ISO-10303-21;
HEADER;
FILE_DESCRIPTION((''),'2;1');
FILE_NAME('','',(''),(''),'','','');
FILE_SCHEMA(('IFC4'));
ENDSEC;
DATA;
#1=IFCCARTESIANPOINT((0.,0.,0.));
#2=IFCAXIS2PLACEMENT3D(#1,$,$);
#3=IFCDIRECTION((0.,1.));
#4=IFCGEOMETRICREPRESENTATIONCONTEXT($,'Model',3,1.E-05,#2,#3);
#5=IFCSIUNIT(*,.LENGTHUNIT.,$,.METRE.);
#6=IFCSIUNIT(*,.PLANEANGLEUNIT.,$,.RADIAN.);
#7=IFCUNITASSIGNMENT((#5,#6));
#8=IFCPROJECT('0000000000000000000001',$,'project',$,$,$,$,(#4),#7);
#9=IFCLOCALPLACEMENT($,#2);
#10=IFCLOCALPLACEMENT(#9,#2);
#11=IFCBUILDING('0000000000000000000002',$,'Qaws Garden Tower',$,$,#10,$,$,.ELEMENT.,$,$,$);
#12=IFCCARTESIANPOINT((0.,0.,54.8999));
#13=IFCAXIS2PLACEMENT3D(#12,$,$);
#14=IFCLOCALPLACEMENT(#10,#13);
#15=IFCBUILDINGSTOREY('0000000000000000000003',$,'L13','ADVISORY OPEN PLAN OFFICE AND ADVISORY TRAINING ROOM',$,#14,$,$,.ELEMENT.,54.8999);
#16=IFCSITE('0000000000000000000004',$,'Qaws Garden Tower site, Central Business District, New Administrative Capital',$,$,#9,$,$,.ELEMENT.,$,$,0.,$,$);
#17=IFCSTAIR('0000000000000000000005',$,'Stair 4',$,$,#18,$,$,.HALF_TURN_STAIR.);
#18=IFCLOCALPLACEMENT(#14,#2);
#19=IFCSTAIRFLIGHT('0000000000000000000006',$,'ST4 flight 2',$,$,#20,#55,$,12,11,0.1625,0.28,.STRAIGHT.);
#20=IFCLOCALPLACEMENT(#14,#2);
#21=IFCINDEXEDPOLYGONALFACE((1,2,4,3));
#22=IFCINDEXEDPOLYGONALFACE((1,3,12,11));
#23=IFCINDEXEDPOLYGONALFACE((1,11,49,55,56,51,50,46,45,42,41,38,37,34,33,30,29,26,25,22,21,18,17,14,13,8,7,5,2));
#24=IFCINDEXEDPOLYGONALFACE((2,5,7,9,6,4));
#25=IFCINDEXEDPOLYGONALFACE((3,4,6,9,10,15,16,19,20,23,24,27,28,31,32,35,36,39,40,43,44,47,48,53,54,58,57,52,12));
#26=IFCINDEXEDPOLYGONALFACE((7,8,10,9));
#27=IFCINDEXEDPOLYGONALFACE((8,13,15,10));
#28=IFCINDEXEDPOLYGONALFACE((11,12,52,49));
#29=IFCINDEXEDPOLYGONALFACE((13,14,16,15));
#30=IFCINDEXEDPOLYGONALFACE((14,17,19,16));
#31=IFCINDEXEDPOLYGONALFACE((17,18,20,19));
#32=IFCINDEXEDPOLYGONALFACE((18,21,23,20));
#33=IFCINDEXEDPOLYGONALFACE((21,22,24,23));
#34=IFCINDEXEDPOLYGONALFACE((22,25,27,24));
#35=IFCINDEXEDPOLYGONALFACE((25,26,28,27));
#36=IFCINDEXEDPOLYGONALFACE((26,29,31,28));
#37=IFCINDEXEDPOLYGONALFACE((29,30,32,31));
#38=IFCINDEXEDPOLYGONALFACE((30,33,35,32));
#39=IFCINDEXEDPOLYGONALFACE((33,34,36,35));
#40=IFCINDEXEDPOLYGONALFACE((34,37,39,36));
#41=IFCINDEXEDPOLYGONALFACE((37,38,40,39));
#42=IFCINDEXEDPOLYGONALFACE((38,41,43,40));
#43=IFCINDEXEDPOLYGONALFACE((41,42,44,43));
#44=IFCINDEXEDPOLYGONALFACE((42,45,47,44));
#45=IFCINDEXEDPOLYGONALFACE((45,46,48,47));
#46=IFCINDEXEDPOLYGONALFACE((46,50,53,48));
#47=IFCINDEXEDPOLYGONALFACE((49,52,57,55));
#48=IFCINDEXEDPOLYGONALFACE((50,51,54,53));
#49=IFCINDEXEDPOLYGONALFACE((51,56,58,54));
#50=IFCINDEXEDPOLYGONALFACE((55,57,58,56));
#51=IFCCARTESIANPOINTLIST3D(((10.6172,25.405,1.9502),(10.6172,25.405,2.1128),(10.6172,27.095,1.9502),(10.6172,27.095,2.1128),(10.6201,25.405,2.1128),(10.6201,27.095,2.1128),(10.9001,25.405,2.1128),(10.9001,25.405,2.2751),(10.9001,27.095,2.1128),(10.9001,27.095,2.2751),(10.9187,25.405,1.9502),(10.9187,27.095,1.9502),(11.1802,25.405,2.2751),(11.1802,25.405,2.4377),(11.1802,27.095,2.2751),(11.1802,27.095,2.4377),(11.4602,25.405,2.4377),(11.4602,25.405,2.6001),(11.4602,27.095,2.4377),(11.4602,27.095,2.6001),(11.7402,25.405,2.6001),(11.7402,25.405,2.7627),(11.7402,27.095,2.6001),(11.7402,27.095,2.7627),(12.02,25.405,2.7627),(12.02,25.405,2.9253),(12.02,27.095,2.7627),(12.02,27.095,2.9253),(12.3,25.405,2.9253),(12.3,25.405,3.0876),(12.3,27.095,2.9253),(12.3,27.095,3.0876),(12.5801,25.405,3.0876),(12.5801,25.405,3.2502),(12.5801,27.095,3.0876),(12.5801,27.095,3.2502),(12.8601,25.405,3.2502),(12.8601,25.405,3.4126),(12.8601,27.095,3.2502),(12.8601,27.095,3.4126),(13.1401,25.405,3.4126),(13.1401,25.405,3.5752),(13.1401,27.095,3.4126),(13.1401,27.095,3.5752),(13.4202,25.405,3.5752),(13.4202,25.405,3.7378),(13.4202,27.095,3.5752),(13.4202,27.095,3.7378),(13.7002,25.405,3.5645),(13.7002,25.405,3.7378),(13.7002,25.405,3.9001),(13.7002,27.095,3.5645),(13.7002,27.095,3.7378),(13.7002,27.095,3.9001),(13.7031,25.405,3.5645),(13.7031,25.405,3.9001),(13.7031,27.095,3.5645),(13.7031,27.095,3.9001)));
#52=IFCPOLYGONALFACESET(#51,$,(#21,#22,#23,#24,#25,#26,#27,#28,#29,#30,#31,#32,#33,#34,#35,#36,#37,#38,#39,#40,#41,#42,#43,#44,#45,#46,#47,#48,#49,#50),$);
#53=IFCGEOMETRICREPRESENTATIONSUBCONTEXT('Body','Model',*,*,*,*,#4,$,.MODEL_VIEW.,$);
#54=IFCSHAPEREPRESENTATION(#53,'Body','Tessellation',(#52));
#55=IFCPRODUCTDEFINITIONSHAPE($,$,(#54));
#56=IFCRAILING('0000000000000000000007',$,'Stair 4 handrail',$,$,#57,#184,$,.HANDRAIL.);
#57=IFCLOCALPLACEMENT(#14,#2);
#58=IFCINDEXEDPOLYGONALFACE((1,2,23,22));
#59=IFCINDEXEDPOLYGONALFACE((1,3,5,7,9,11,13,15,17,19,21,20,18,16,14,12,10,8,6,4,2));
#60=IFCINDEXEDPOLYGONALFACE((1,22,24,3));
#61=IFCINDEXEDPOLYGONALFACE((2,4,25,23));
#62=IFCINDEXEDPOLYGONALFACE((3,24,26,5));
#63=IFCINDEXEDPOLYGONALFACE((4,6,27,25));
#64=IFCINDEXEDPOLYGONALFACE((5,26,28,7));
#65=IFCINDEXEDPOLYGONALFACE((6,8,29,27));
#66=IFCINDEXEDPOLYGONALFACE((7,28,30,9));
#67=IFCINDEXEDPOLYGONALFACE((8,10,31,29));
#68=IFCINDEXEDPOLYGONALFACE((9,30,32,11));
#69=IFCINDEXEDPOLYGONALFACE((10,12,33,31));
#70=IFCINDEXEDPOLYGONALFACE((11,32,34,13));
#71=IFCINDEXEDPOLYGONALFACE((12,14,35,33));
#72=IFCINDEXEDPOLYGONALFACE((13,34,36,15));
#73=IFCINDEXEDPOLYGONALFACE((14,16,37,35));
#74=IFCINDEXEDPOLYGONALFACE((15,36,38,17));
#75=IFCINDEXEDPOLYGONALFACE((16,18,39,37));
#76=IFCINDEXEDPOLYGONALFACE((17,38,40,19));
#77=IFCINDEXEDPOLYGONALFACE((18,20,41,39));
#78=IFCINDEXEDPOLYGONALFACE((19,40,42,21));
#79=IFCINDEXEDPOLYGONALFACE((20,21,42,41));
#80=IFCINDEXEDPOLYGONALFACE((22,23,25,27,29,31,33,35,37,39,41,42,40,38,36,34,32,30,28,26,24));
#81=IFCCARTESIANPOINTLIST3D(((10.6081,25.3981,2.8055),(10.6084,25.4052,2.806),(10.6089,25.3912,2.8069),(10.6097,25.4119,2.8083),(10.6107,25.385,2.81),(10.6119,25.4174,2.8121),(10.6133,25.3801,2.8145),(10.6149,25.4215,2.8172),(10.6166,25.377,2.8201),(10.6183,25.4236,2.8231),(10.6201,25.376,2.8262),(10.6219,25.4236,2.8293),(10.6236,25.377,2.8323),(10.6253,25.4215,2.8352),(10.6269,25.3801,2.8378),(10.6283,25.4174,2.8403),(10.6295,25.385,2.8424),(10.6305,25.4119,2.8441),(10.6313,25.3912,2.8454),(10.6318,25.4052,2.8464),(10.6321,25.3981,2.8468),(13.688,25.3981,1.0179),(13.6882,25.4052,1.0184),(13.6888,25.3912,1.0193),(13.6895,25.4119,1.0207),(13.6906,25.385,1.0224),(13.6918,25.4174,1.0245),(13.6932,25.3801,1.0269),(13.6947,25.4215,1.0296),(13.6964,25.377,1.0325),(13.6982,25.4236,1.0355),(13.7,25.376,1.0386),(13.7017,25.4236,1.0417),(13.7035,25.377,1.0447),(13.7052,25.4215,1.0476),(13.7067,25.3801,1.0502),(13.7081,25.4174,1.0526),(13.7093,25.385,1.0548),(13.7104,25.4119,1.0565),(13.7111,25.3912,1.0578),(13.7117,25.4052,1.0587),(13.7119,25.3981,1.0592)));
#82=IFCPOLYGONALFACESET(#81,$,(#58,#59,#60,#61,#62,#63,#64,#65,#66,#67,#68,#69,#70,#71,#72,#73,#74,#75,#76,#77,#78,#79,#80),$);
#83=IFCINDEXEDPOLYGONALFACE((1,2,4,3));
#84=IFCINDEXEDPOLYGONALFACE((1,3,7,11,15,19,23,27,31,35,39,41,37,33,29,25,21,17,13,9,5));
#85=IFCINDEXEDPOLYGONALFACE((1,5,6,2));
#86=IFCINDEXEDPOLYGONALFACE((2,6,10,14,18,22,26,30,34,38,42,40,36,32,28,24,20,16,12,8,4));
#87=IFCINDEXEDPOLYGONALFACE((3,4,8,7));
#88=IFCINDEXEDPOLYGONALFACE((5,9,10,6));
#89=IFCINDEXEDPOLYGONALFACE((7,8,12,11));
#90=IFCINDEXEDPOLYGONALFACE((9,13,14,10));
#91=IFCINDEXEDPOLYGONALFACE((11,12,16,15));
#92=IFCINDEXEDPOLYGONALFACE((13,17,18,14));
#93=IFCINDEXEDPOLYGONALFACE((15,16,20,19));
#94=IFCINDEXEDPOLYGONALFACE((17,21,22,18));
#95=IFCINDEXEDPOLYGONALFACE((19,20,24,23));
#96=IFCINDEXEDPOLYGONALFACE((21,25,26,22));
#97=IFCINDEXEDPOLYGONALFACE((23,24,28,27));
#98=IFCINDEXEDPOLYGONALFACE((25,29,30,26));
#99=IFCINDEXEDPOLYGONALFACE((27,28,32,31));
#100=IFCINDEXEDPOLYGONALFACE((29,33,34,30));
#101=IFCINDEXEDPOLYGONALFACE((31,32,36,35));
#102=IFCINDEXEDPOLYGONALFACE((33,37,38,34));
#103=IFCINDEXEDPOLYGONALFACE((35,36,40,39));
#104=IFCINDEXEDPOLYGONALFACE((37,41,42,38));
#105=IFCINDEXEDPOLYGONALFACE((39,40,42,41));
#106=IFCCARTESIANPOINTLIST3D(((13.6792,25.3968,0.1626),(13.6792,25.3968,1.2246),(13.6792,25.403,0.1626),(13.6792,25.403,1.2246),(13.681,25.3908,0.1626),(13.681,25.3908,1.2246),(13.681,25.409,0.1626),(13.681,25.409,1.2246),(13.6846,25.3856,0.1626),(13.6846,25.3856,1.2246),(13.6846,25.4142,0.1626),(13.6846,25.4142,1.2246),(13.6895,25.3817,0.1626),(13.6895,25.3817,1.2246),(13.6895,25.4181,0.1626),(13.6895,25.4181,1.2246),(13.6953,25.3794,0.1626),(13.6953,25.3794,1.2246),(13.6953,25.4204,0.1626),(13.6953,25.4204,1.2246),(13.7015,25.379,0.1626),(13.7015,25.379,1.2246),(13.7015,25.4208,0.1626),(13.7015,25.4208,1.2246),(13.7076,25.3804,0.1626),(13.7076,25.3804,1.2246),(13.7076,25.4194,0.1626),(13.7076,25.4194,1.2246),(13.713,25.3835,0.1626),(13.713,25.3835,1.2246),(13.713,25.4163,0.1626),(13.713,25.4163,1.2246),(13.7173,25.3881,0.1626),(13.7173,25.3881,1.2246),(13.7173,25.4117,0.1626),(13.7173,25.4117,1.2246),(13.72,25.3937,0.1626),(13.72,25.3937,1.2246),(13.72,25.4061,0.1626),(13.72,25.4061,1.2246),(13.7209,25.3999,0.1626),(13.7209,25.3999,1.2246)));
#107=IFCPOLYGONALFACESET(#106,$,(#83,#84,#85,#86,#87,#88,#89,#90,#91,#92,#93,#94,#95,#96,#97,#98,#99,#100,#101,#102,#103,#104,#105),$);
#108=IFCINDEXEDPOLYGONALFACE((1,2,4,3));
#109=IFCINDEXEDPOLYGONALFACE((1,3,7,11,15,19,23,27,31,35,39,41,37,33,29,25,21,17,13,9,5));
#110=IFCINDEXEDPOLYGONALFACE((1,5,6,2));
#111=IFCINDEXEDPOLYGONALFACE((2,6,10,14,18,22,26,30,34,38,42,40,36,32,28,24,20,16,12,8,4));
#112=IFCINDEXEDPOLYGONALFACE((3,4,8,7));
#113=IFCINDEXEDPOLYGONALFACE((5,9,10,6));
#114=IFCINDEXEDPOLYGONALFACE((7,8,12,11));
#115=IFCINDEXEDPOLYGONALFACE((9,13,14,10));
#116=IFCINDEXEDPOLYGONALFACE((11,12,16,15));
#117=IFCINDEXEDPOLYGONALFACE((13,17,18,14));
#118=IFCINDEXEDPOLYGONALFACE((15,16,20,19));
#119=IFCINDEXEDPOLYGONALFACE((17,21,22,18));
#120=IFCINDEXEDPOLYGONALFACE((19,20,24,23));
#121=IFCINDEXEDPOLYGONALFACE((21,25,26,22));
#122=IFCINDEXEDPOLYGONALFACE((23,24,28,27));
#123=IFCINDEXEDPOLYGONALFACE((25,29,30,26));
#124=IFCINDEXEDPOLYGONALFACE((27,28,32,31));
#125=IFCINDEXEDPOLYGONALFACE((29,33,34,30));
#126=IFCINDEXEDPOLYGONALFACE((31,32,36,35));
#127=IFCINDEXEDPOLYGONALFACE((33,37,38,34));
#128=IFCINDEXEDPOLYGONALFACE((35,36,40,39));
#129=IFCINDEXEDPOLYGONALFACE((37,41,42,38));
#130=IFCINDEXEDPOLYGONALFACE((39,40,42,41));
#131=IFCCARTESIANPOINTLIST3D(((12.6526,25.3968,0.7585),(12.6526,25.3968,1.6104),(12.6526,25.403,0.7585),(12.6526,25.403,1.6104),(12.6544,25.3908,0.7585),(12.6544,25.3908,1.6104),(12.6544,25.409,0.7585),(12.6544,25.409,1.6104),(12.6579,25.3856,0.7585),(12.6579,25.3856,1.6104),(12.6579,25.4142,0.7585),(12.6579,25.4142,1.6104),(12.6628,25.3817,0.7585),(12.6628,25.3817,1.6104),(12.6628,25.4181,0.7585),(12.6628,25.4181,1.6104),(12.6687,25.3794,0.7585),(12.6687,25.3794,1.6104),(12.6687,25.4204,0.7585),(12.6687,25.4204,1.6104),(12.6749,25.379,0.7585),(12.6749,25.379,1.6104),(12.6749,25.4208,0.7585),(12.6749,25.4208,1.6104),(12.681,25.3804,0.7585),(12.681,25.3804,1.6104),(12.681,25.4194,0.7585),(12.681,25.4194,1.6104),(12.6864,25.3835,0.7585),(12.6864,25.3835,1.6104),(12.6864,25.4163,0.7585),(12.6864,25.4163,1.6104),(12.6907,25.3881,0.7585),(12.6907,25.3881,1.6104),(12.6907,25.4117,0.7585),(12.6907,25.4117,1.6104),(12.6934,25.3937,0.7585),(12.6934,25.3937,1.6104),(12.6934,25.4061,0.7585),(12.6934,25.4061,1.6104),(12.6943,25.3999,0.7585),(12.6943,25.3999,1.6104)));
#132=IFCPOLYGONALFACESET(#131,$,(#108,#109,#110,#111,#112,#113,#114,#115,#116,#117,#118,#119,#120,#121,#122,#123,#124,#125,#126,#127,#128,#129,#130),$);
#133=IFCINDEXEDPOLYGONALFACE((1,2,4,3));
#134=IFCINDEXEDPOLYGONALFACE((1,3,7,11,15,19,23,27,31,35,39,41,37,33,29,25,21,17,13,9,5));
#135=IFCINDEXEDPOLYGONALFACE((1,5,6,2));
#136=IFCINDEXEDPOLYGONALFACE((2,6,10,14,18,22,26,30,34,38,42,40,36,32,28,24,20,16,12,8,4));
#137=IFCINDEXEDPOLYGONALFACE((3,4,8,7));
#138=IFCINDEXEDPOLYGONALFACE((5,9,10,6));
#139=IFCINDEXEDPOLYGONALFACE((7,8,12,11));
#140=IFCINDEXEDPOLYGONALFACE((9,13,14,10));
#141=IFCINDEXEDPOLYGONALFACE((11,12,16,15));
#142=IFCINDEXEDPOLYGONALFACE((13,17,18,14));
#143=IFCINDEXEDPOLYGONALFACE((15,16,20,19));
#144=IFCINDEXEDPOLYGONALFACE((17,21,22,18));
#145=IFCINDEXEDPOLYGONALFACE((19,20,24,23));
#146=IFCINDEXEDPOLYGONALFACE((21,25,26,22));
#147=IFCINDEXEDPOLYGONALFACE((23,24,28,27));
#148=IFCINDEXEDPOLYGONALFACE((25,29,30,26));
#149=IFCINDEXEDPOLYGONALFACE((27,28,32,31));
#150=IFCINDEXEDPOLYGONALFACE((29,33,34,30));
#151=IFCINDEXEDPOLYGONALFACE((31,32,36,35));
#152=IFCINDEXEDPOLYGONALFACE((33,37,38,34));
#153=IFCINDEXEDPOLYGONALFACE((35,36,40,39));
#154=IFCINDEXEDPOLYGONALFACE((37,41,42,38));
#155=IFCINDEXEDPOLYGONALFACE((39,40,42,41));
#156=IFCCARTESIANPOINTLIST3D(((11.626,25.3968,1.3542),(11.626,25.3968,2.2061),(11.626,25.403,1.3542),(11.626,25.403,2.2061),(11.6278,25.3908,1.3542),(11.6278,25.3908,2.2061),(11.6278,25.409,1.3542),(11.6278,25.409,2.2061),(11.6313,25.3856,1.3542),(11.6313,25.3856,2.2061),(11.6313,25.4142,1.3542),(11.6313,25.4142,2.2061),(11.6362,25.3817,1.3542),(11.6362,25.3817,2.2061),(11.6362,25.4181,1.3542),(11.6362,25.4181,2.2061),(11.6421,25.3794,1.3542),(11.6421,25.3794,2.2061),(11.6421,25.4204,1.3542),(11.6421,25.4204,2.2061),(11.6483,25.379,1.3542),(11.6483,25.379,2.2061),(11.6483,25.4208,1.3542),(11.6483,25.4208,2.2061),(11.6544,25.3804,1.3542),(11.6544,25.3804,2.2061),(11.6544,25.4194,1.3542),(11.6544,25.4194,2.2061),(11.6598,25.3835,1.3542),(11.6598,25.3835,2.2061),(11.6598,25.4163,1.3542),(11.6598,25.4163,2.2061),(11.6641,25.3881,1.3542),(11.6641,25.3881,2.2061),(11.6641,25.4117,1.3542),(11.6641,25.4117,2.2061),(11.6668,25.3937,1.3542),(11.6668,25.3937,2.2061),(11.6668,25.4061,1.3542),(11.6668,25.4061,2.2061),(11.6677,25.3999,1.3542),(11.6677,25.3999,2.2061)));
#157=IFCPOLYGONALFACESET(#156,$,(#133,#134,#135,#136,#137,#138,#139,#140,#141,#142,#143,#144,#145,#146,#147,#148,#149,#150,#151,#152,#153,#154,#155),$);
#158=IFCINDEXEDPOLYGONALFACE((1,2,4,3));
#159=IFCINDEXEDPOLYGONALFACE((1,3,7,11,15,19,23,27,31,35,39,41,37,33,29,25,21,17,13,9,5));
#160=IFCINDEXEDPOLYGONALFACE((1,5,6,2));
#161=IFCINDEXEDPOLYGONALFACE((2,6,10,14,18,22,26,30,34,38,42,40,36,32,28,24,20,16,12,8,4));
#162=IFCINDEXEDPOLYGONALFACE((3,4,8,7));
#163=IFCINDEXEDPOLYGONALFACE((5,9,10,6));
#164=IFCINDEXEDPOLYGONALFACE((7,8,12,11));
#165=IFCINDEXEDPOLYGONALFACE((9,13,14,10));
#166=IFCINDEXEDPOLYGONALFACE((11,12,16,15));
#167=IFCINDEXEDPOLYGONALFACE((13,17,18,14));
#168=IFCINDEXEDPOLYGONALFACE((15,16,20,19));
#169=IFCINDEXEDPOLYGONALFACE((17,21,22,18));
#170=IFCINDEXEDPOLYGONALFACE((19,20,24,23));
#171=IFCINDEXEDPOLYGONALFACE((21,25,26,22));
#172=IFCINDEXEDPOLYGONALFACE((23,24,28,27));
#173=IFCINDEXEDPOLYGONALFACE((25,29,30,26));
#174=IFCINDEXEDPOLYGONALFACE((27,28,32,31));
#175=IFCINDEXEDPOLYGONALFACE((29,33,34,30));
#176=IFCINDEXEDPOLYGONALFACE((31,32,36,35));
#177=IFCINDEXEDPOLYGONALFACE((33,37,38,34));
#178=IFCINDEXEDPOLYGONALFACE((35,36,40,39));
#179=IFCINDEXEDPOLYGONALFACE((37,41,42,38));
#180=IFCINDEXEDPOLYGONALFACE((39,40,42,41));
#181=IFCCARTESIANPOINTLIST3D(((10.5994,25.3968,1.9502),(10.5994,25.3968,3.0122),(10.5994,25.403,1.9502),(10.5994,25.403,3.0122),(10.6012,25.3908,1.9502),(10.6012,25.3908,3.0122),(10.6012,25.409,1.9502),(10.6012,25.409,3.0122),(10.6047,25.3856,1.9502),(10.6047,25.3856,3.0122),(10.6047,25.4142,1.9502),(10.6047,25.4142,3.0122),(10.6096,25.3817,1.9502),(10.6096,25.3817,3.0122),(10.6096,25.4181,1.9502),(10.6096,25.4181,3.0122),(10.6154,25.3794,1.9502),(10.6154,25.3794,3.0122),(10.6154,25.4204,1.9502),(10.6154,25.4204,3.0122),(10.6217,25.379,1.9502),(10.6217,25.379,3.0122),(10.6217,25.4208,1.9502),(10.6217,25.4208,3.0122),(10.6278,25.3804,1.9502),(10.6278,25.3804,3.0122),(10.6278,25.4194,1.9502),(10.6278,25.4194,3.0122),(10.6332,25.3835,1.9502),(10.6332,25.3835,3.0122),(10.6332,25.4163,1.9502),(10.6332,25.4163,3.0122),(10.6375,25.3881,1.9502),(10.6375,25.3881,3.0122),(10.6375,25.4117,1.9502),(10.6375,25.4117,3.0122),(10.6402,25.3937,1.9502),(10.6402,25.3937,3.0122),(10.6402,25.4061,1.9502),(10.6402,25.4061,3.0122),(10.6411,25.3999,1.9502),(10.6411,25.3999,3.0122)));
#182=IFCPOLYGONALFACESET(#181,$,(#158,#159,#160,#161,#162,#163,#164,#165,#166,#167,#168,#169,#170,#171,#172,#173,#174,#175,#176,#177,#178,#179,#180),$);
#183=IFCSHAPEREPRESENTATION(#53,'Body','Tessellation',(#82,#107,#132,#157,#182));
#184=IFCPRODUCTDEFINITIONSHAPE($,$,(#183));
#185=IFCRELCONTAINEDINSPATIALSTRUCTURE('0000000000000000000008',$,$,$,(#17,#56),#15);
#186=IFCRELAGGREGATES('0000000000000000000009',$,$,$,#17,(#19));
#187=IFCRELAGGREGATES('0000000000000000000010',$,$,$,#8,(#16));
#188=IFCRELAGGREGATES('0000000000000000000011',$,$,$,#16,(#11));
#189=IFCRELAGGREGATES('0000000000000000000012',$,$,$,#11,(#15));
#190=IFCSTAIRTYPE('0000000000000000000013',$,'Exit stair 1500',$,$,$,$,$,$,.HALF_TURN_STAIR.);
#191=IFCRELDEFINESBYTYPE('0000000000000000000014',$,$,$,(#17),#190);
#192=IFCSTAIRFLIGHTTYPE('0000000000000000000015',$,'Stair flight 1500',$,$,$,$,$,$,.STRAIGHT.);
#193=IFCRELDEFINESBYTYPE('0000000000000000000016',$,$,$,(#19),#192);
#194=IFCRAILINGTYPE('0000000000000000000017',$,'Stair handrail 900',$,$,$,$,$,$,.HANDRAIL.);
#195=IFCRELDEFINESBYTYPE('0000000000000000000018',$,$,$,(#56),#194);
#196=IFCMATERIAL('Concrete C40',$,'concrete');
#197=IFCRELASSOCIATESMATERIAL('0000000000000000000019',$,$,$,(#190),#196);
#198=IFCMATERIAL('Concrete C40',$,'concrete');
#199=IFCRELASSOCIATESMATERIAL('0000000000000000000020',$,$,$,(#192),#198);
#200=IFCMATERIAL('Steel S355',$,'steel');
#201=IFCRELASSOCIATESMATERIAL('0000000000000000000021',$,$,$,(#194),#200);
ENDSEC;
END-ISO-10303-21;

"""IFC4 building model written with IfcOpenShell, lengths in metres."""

from ifc_helpers import new_model, si_unit, direction, frame, origin, origin_2d, place, context, subcontext, project, spatial, polyline, circle, outline, extrude, material, type_object, element, aggregate, save


model = new_model("IFC4")

# Units and contexts
model_context = context("Model", 3, precision=1e-05, world=origin(), true_north=direction((0.0, 1.0)))
body_context = subcontext(model_context, "Body", "Model", "MODEL_VIEW")
ifc_project = project(units=[si_unit("LENGTHUNIT", "METRE"), si_unit("PLANEANGLEUNIT", "RADIAN")], contexts=[model_context])

# Site, building, storey
site_placement = place(None, origin())
site = spatial("IfcSite", under=ifc_project, at=site_placement, Name="Qaws Garden Tower site, Central Business District, New Administrative Capital", CompositionType="ELEMENT", RefElevation=0.0)
building_placement = place(site_placement, origin())
building = spatial("IfcBuilding", under=site, at=building_placement, Name="Qaws Garden Tower", CompositionType="ELEMENT")
storey_placement = place(building_placement, frame((0.0, 0.0, 54.8999)))
storey = spatial("IfcBuildingStorey", under=building, at=storey_placement, Name="L13", Description="ADVISORY OPEN PLAN OFFICE AND ADVISORY TRAINING ROOM", CompositionType="ELEMENT", Elevation=54.8999)

# Stair, stair flight
ifc_material_1 = material(Name="Concrete C40", Category="concrete")
stair_type = type_object("IfcStairType", Name="Exit stair 1500", PredefinedType="HALF_TURN_STAIR", material=ifc_material_1)
stair_placement = place(storey_placement, origin())
stair = element("IfcStair", 1, at=stair_placement, inside=storey, type_object=stair_type, Name="Stair 4", PredefinedType="HALF_TURN_STAIR")
ifc_material_2 = material(Name="Concrete C40", Category="concrete")
stair_flight_type = type_object("IfcStairFlightType", Name="Stair flight 1500", PredefinedType="STRAIGHT", material=ifc_material_2)
stair_flight_1_placement = place(storey_placement, frame((10.6201, 26.25, 1.9502), z_axis=(0.0, 0.0, 1.0), x_axis=(1.0, 0.0, 0.0)))
stair_flight_1 = element("IfcStairFlight", 2, at=stair_flight_1_placement, type_object=stair_flight_type, Name="ST4 flight 2", NumberOfRisers=12, NumberOfTreads=11, PredefinedType="STRAIGHT", RiserHeight=0.1625, TreadLength=0.28, context=body_context, shape_type="SweptSolid", body=[
    extrude(outline(polyline([(-0.0029, 0.0), (-0.0029, 0.1626), (0.0, 0.1626), (0.28, 0.1626), (0.28, 0.325), (0.5601, 0.325), (0.5601, 0.4875), (0.8401, 0.4875), (0.8401, 0.6499), (1.1201, 0.6499), (1.1201, 0.8125), (1.3999, 0.8125), (1.3999, 0.9751), (1.6799, 0.9751), (1.6799, 1.1375), (1.96, 1.1375), (1.96, 1.3), (2.24, 1.3), (2.24, 1.4624), (2.52, 1.4624), (2.52, 1.625), (2.8, 1.625), (2.8, 1.7876), (3.0801, 1.7876), (3.0801, 1.95), (3.083, 1.95), (3.083, 1.6143), (3.0801, 1.6143), (0.2986, 0.0), (-0.0029, 0.0)])), frame((0.0, 0.845, 0.0), z_axis=(0.0, -1.0, 0.0), x_axis=(1.0, 0.0, 0.0)), (0.0, 0.0, 1.0), 1.6899),
])
aggregate(stair, [stair_flight_1])

# Railing
ifc_material_3 = material(Name="Steel S355", Category="steel")
railing_type = type_object("IfcRailingType", Name="Stair handrail 900", PredefinedType="HANDRAIL", material=ifc_material_3)
railing_1_placement = place(storey_placement, frame((13.7, 25.3999, 0.1626)))
element("IfcRailing", 3, at=railing_1_placement, inside=storey, type_object=railing_type, Name="Stair 4 handrail", PredefinedType="HANDRAIL", context=body_context, shape_type="SweptSolid", body=[
    extrude(circle(Radius=0.0239, at=origin_2d()), frame((0.0, 0.0, 0.876), z_axis=(-0.864873, 0.0, 0.50199), x_axis=(0.0, -1.0, 0.0)), (0.0, 0.0, 1.0), 3.561),
    extrude(circle(Radius=0.021, at=origin_2d()), origin(), (0.0, 0.0, 1.0), 1.062),
    extrude(circle(Radius=0.021, at=origin_2d()), frame((-1.0266, 0.0, 0.5959)), (0.0, 0.0, 1.0), 0.8518),
    extrude(circle(Radius=0.021, at=origin_2d()), frame((-2.0532, 0.0, 1.1917)), (0.0, 0.0, 1.0), 0.8518),
    extrude(circle(Radius=0.021, at=origin_2d()), frame((-3.0798, 0.0, 1.7876)), (0.0, 0.0, 1.0), 1.062),
])

save(model, "model.ifc")
